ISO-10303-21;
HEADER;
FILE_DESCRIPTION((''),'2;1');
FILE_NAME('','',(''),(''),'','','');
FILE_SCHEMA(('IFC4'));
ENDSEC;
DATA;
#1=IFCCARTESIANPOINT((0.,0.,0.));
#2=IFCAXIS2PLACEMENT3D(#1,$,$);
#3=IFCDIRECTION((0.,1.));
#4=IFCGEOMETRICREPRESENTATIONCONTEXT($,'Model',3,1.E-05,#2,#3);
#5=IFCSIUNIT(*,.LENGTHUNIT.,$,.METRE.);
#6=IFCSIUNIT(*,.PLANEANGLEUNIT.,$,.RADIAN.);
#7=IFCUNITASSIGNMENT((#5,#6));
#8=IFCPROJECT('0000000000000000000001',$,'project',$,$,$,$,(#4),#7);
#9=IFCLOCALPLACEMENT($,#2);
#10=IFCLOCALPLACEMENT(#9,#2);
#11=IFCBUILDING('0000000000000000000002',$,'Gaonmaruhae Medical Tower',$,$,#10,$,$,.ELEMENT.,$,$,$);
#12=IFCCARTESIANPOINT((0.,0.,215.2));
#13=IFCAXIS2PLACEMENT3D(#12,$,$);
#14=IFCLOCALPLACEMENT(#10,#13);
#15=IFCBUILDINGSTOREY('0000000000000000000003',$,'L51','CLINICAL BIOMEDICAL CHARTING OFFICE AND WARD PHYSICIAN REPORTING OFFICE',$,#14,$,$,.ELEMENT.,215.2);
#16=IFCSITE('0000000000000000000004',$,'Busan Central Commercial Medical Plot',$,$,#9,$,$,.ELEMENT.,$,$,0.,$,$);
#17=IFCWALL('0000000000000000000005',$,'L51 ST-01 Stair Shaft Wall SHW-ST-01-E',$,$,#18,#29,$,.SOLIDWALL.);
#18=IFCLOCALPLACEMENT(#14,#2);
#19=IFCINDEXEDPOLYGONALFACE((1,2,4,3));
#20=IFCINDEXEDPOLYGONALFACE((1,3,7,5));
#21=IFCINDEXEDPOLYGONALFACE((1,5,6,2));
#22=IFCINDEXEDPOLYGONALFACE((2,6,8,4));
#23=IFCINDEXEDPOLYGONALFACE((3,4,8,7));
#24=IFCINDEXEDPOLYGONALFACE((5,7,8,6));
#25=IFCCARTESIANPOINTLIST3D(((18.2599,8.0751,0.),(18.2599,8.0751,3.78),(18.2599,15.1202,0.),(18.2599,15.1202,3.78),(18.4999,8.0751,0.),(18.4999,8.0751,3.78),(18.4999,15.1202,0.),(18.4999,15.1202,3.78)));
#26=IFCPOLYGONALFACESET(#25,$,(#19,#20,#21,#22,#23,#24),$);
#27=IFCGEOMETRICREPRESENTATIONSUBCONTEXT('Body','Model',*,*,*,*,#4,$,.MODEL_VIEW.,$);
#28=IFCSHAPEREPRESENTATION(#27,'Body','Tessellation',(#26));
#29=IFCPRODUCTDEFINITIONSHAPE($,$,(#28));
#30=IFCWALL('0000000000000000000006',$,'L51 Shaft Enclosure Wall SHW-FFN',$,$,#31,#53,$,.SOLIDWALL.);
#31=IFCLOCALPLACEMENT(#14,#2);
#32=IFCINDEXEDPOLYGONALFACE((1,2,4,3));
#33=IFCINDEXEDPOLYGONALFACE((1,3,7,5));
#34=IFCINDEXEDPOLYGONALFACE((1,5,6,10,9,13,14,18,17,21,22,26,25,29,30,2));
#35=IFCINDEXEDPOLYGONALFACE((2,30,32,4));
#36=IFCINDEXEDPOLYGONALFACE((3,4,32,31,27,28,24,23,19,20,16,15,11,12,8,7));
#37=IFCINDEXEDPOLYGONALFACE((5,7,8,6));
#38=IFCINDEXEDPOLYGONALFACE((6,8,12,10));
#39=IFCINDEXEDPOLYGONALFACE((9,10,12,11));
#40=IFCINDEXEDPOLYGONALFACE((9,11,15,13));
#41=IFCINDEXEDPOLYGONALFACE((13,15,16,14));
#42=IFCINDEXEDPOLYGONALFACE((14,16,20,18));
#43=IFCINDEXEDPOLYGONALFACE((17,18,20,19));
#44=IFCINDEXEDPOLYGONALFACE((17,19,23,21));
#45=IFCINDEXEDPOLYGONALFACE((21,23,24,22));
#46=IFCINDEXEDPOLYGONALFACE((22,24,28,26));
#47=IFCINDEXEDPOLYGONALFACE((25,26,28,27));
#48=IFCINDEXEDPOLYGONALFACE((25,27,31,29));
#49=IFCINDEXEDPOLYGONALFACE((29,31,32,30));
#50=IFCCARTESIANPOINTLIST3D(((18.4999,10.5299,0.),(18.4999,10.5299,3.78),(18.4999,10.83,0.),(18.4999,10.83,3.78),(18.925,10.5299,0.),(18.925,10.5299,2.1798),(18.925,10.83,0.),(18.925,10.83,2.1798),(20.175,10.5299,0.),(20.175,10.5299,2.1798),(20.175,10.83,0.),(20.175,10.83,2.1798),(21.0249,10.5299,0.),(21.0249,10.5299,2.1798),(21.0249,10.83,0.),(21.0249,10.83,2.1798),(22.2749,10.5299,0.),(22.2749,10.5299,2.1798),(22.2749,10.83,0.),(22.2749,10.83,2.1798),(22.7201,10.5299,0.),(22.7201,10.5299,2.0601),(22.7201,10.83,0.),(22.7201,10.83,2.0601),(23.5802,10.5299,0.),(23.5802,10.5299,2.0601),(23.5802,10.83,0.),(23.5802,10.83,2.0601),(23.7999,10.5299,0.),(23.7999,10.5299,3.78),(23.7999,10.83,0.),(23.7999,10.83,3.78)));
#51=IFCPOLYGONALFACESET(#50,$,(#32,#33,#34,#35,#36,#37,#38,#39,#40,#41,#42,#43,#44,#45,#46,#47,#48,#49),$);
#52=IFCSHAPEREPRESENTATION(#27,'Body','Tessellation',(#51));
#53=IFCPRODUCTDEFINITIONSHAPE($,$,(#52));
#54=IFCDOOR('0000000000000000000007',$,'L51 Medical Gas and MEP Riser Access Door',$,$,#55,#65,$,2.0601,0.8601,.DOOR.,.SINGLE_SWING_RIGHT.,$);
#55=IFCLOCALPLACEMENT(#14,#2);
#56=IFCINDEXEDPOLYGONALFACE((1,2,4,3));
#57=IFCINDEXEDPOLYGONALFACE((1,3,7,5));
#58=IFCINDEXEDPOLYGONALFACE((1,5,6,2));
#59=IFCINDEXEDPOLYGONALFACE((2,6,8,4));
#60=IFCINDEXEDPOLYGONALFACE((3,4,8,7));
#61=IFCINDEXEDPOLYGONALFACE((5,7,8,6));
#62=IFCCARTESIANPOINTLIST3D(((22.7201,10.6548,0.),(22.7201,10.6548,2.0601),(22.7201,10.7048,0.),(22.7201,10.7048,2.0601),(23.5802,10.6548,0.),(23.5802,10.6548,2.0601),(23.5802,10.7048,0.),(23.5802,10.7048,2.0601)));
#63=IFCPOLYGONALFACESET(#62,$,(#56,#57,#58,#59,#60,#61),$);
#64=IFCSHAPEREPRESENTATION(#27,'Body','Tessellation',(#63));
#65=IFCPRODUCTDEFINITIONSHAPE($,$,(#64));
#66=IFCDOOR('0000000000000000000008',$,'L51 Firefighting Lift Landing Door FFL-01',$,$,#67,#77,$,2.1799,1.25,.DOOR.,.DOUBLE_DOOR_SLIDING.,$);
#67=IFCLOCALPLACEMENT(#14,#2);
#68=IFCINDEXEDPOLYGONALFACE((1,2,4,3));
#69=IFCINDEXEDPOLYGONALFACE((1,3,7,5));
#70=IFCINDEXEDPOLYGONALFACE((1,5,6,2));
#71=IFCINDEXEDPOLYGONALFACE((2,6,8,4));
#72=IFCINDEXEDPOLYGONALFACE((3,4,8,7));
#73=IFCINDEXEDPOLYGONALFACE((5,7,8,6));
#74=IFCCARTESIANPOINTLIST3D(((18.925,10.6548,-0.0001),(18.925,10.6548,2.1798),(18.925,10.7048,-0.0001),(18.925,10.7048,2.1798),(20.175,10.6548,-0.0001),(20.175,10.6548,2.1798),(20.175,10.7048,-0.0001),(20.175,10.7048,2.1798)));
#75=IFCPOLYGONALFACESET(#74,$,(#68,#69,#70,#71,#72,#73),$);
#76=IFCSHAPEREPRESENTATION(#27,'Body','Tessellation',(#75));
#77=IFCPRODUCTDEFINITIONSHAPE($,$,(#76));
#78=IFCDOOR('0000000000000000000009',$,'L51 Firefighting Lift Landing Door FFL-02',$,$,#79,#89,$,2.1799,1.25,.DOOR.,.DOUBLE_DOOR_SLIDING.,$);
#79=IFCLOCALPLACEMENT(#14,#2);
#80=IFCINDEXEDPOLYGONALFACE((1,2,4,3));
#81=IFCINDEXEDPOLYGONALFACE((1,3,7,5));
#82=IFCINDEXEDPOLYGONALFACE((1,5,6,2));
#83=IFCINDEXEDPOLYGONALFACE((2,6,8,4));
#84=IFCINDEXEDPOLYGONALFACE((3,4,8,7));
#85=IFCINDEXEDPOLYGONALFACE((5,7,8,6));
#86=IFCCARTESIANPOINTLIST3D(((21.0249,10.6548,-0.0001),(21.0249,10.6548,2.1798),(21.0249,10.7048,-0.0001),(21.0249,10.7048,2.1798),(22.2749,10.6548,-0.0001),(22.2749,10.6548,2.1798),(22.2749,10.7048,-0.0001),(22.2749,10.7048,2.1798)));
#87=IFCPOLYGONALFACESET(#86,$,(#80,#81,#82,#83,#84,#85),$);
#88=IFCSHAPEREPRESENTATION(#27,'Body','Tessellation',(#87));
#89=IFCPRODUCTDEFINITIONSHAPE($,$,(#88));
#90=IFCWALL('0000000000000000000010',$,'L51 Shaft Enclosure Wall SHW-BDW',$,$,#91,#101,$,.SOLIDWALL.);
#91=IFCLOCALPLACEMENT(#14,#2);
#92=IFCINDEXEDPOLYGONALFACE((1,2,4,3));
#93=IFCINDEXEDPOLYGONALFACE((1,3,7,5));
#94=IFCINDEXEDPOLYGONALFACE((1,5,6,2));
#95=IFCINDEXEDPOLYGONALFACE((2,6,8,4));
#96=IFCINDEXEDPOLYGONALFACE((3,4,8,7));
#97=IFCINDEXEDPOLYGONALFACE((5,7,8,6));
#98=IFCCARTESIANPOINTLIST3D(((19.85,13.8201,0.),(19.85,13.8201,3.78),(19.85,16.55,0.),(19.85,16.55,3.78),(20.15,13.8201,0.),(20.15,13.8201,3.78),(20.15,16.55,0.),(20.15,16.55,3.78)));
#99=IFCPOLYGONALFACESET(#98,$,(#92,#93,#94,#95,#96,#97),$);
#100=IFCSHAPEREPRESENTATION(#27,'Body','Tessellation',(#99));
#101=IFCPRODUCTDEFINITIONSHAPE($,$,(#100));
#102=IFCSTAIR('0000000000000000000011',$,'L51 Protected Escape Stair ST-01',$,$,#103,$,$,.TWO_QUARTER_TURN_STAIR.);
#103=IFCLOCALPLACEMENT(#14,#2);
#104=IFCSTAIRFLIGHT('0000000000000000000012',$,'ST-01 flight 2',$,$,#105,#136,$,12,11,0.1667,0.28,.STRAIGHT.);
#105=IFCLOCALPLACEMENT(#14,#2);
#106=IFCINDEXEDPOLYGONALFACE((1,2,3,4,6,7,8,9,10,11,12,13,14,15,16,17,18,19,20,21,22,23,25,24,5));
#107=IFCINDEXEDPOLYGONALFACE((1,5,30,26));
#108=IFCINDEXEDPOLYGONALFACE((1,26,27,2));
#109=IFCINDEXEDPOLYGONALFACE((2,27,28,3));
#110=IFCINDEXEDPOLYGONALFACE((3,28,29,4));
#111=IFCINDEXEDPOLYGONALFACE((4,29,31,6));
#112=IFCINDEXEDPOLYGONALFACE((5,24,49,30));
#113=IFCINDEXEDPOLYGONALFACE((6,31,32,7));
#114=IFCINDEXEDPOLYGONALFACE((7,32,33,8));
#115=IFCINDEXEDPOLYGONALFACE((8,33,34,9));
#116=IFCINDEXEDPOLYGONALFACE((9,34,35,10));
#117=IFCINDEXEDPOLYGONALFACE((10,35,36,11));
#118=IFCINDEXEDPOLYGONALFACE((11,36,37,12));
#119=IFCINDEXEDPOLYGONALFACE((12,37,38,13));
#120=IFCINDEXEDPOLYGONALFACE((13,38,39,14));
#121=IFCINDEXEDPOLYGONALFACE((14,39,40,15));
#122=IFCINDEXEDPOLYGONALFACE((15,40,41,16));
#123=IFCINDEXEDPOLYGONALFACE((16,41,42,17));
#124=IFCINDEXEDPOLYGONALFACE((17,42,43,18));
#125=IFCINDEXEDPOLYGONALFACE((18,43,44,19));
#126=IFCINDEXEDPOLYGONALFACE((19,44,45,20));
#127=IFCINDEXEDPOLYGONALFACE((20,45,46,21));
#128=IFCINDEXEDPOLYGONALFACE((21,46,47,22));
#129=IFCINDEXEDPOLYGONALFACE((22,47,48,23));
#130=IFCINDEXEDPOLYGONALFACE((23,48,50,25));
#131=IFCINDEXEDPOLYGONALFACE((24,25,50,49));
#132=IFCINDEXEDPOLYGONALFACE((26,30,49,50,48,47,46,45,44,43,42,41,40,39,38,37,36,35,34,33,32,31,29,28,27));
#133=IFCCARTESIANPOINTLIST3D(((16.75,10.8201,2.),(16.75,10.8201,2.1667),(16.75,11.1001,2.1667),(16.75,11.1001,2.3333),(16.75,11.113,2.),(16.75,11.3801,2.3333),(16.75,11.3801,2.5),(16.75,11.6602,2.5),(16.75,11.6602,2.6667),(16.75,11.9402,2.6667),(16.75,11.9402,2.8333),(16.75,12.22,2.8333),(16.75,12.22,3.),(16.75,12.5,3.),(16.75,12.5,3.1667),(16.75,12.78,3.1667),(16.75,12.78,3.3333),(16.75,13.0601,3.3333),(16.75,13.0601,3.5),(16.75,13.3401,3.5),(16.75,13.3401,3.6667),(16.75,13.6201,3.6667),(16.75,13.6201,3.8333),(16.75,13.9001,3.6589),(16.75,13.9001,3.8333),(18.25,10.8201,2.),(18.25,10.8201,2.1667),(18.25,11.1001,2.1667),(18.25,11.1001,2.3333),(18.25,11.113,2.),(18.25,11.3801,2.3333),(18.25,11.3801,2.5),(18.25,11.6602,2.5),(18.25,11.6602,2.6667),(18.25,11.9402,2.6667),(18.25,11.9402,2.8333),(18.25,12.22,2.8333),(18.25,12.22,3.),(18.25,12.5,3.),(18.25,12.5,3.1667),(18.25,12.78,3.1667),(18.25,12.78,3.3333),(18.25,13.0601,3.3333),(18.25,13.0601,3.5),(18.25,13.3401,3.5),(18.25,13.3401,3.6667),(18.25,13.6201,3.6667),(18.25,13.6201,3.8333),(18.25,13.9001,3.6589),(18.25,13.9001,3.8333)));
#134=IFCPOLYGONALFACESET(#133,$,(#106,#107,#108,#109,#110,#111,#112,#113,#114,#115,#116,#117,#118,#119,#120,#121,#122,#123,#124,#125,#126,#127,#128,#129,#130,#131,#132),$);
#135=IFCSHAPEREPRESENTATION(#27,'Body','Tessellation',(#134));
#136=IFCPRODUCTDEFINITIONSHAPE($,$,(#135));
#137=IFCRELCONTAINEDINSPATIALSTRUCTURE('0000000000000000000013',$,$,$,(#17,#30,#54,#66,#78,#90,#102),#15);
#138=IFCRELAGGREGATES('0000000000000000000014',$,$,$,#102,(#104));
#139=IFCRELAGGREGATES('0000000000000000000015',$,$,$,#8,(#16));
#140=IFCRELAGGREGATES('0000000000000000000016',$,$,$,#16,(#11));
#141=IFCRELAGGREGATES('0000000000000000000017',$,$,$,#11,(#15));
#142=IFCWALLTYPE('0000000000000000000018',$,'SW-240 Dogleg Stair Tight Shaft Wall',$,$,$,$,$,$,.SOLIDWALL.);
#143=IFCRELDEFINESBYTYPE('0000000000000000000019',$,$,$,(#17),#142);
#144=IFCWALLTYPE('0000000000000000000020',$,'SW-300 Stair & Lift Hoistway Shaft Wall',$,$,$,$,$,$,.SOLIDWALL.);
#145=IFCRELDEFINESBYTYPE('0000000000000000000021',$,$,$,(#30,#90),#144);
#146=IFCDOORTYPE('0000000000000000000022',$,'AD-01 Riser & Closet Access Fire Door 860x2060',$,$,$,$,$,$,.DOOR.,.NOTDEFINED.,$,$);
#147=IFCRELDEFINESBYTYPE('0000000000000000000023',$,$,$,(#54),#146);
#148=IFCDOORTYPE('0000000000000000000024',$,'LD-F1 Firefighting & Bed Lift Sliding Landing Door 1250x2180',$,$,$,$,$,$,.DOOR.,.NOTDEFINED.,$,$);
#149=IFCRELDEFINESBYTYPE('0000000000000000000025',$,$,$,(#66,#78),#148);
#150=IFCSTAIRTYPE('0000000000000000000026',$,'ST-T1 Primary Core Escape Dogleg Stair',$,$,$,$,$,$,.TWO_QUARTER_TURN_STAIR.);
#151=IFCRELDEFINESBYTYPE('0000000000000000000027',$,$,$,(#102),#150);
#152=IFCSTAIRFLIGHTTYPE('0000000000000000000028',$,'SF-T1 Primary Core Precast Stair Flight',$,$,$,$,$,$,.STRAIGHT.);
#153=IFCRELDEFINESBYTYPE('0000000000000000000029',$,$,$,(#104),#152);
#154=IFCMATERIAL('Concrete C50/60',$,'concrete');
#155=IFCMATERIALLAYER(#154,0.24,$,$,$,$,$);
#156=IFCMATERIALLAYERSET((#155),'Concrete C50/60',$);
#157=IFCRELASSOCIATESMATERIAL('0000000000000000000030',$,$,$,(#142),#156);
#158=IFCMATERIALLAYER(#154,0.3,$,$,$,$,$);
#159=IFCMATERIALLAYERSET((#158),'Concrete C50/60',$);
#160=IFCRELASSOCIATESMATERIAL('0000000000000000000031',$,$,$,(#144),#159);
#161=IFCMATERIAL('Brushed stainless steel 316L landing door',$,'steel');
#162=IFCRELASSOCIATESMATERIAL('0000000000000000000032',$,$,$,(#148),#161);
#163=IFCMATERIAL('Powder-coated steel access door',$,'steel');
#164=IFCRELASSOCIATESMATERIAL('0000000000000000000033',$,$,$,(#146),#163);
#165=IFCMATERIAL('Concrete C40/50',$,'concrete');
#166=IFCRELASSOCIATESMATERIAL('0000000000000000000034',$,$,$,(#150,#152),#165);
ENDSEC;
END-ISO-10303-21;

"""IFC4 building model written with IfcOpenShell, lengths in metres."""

from ifc_helpers import new_model, si_unit, direction, frame, frame_2d, origin, place, context, subcontext, project, spatial, polyline, rectangle, outline, extrude, material, layer, layer_set, type_object, element, fill, aggregate, save


model = new_model("IFC4")

# Units and contexts
model_context = context("Model", 3, precision=1e-05, world=origin(), true_north=direction((0.0, 1.0)))
body_context = subcontext(model_context, "Body", "Model", "MODEL_VIEW")
ifc_project = project(units=[si_unit("LENGTHUNIT", "METRE"), si_unit("PLANEANGLEUNIT", "RADIAN")], contexts=[model_context])

# Site, building, storey
site_placement = place(None, origin())
site = spatial("IfcSite", under=ifc_project, at=site_placement, Name="Busan Central Commercial Medical Plot", CompositionType="ELEMENT", RefElevation=0.0)
building_placement = place(site_placement, origin())
building = spatial("IfcBuilding", under=site, at=building_placement, Name="Gaonmaruhae Medical Tower", CompositionType="ELEMENT")
storey_placement = place(building_placement, frame((0.0, 0.0, 215.2)))
storey = spatial("IfcBuildingStorey", under=building, at=storey_placement, Name="L51", Description="CLINICAL BIOMEDICAL CHARTING OFFICE AND WARD PHYSICIAN REPORTING OFFICE", CompositionType="ELEMENT", Elevation=215.2)

# Shared definitions
ifc_material_1 = material(Name="Concrete C50/60", Category="concrete")

# Wall
ifc_layer_1 = layer(ifc_material_1, 0.24)
ifc_layer_set_1 = layer_set([ifc_layer_1], Name="Concrete C50/60")
wall_type_1 = type_object("IfcWallType", Name="SW-240 Dogleg Stair Tight Shaft Wall", PredefinedType="SOLIDWALL", material=ifc_layer_set_1)
wall_1_placement = place(storey_placement, frame((18.3799, 15.1201, 0.0), z_axis=(0.0, 0.0, 1.0), x_axis=(0.0, -1.0, 0.0)))
element("IfcWall", 1, at=wall_1_placement, inside=storey, type_object=wall_type_1, Name="L51 ST-01 Stair Shaft Wall SHW-ST-01-E", PredefinedType="SOLIDWALL", context=body_context, shape_type="SweptSolid", body=[
    extrude(rectangle(XDim=7.0452, YDim=0.24, at=frame_2d((3.5225, 0.0))), origin(), (0.0, 0.0, 1.0), 3.78),
])

# Wall, openings, doors
ifc_layer_2 = layer(ifc_material_1, 0.3)
ifc_layer_set_2 = layer_set([ifc_layer_2], Name="Concrete C50/60")
wall_type_2 = type_object("IfcWallType", Name="SW-300 Stair & Lift Hoistway Shaft Wall", PredefinedType="SOLIDWALL", material=ifc_layer_set_2)
ifc_material_2 = material(Name="Brushed stainless steel 316L landing door", Category="steel")
door_type_1 = type_object("IfcDoorType", Name="LD-F1 Firefighting & Bed Lift Sliding Landing Door 1250x2180", OperationType="NOTDEFINED", PredefinedType="DOOR", material=ifc_material_2)
wall_2_placement = place(storey_placement, frame((18.5, 10.6799, 0.0), z_axis=(0.0, 0.0, 1.0), x_axis=(1.0, 0.0, 0.0)))
wall_2 = element("IfcWall", 2, at=wall_2_placement, inside=storey, type_object=wall_type_2, Name="L51 Shaft Enclosure Wall SHW-FFN", PredefinedType="SOLIDWALL", context=body_context, shape_type="SweptSolid", body=[
    extrude(rectangle(XDim=5.3, YDim=0.3, at=frame_2d((2.6499, 0.0))), origin(), (0.0, 0.0, 1.0), 3.78),
])
opening_1_placement = place(wall_2_placement, frame((4.22, 0.0, 0.0)))
opening_1 = element("IfcOpeningElement", 3, at=opening_1_placement, cuts=wall_2, PredefinedType="OPENING", context=body_context, shape_type="SweptSolid", body=[
    extrude(rectangle(XDim=0.8601, YDim=2.0601, at=frame_2d((0.4302, 1.03))), frame((0.0, 0.1602, 0.0), z_axis=(0.0, -1.0, 0.0), x_axis=(1.0, 0.0, 0.0)), (0.0, 0.0, 1.0), 0.3201),
])
opening_2_placement = place(wall_2_placement, frame((0.425, 0.0, 0.0)))
opening_2 = element("IfcOpeningElement", 4, at=opening_2_placement, cuts=wall_2, PredefinedType="OPENING", context=body_context, shape_type="SweptSolid", body=[
    extrude(rectangle(XDim=1.25, YDim=2.1799, at=frame_2d((0.625, 1.0898))), frame((0.0, 0.1602, 0.0), z_axis=(0.0, -1.0, 0.0), x_axis=(1.0, 0.0, 0.0)), (0.0, 0.0, 1.0), 0.3201),
])
opening_3_placement = place(wall_2_placement, frame((2.5249, 0.0, 0.0)))
opening_3 = element("IfcOpeningElement", 5, at=opening_3_placement, cuts=wall_2, PredefinedType="OPENING", context=body_context, shape_type="SweptSolid", body=[
    extrude(rectangle(XDim=1.25, YDim=2.1799, at=frame_2d((0.625, 1.0898))), frame((0.0, 0.1602, 0.0), z_axis=(0.0, -1.0, 0.0), x_axis=(1.0, 0.0, 0.0)), (0.0, 0.0, 1.0), 0.3201),
])
ifc_material_3 = material(Name="Powder-coated steel access door", Category="steel")
door_type_2 = type_object("IfcDoorType", Name="AD-01 Riser & Closet Access Fire Door 860x2060", OperationType="NOTDEFINED", PredefinedType="DOOR", material=ifc_material_3)
door_1_placement = place(opening_1_placement, origin())
door_1 = element("IfcDoor", 6, at=door_1_placement, inside=storey, type_object=door_type_2, Name="L51 Medical Gas and MEP Riser Access Door", OperationType="SINGLE_SWING_RIGHT", OverallHeight=2.0601, OverallWidth=0.8601, PredefinedType="DOOR", context=body_context, shape_type="SweptSolid", body=[
    extrude(rectangle(XDim=0.8601, YDim=2.0601, at=frame_2d((0.4302, 1.03))), frame((0.0, 0.0249, 0.0), z_axis=(0.0, -1.0, 0.0), x_axis=(1.0, 0.0, 0.0)), (0.0, 0.0, 1.0), 0.05),
])
fill(opening_1, door_1)
door_2_placement = place(opening_2_placement, origin())
door_2 = element("IfcDoor", 7, at=door_2_placement, inside=storey, type_object=door_type_1, Name="L51 Firefighting Lift Landing Door FFL-01", OperationType="DOUBLE_DOOR_SLIDING", OverallHeight=2.1799, OverallWidth=1.25, PredefinedType="DOOR", context=body_context, shape_type="SweptSolid", body=[
    extrude(rectangle(XDim=1.25, YDim=2.1799, at=frame_2d((0.625, 1.0898))), frame((0.0, 0.0249, 0.0), z_axis=(0.0, -1.0, 0.0), x_axis=(1.0, 0.0, 0.0)), (0.0, 0.0, 1.0), 0.05),
])
fill(opening_2, door_2)
door_3_placement = place(opening_3_placement, origin())
door_3 = element("IfcDoor", 8, at=door_3_placement, inside=storey, type_object=door_type_1, Name="L51 Firefighting Lift Landing Door FFL-02", OperationType="DOUBLE_DOOR_SLIDING", OverallHeight=2.1799, OverallWidth=1.25, PredefinedType="DOOR", context=body_context, shape_type="SweptSolid", body=[
    extrude(rectangle(XDim=1.25, YDim=2.1799, at=frame_2d((0.625, 1.0898))), frame((0.0, 0.0249, 0.0), z_axis=(0.0, -1.0, 0.0), x_axis=(1.0, 0.0, 0.0)), (0.0, 0.0, 1.0), 0.05),
])
fill(opening_3, door_3)

# Wall
wall_3_placement = place(storey_placement, frame((20.0, 13.8201, 0.0), z_axis=(0.0, 0.0, 1.0), x_axis=(0.0, 1.0, 0.0)))
element("IfcWall", 9, at=wall_3_placement, inside=storey, type_object=wall_type_2, Name="L51 Shaft Enclosure Wall SHW-BDW", PredefinedType="SOLIDWALL", context=body_context, shape_type="SweptSolid", body=[
    extrude(rectangle(XDim=2.73, YDim=0.3, at=frame_2d((1.365, 0.0))), origin(), (0.0, 0.0, 1.0), 3.78),
])

# Stair, stair flight
ifc_material_4 = material(Name="Concrete C40/50", Category="concrete")
stair_type = type_object("IfcStairType", Name="ST-T1 Primary Core Escape Dogleg Stair", PredefinedType="TWO_QUARTER_TURN_STAIR", material=ifc_material_4)
stair_placement = place(storey_placement, origin())
stair = element("IfcStair", 10, at=stair_placement, inside=storey, type_object=stair_type, Name="L51 Protected Escape Stair ST-01", PredefinedType="TWO_QUARTER_TURN_STAIR")
stair_flight_type = type_object("IfcStairFlightType", Name="SF-T1 Primary Core Precast Stair Flight", PredefinedType="STRAIGHT", material=ifc_material_4)
stair_flight_placement = place(storey_placement, frame((17.5, 10.8201, 2.0), z_axis=(0.0, 0.0, 1.0), x_axis=(0.0, 1.0, 0.0)))
stair_flight = element("IfcStairFlight", 11, at=stair_flight_placement, type_object=stair_flight_type, Name="ST-01 flight 2", NumberOfRisers=12, NumberOfTreads=11, PredefinedType="STRAIGHT", RiserHeight=0.1667, TreadLength=0.28, context=body_context, shape_type="SweptSolid", body=[
    extrude(outline(polyline([(0.0, 0.0), (0.0, 0.1667), (0.28, 0.1667), (0.28, 0.3333), (0.5601, 0.3333), (0.5601, 0.5), (0.8401, 0.5), (0.8401, 0.6667), (1.1201, 0.6667), (1.1201, 0.8333), (1.3999, 0.8333), (1.3999, 1.0), (1.6799, 1.0), (1.6799, 1.1667), (1.96, 1.1667), (1.96, 1.3333), (2.24, 1.3333), (2.24, 1.5), (2.52, 1.5), (2.52, 1.6667), (2.8, 1.6667), (2.8, 1.8333), (3.0801, 1.8333), (3.0801, 2.0), (3.0801, 1.6589), (0.293, 0.0), (0.0, 0.0)])), frame((0.0, 0.75, 0.0), z_axis=(0.0, -1.0, 0.0), x_axis=(1.0, 0.0, 0.0)), (0.0, 0.0, 1.0), 1.5),
])
aggregate(stair, [stair_flight])

save(model, "model.ifc")
